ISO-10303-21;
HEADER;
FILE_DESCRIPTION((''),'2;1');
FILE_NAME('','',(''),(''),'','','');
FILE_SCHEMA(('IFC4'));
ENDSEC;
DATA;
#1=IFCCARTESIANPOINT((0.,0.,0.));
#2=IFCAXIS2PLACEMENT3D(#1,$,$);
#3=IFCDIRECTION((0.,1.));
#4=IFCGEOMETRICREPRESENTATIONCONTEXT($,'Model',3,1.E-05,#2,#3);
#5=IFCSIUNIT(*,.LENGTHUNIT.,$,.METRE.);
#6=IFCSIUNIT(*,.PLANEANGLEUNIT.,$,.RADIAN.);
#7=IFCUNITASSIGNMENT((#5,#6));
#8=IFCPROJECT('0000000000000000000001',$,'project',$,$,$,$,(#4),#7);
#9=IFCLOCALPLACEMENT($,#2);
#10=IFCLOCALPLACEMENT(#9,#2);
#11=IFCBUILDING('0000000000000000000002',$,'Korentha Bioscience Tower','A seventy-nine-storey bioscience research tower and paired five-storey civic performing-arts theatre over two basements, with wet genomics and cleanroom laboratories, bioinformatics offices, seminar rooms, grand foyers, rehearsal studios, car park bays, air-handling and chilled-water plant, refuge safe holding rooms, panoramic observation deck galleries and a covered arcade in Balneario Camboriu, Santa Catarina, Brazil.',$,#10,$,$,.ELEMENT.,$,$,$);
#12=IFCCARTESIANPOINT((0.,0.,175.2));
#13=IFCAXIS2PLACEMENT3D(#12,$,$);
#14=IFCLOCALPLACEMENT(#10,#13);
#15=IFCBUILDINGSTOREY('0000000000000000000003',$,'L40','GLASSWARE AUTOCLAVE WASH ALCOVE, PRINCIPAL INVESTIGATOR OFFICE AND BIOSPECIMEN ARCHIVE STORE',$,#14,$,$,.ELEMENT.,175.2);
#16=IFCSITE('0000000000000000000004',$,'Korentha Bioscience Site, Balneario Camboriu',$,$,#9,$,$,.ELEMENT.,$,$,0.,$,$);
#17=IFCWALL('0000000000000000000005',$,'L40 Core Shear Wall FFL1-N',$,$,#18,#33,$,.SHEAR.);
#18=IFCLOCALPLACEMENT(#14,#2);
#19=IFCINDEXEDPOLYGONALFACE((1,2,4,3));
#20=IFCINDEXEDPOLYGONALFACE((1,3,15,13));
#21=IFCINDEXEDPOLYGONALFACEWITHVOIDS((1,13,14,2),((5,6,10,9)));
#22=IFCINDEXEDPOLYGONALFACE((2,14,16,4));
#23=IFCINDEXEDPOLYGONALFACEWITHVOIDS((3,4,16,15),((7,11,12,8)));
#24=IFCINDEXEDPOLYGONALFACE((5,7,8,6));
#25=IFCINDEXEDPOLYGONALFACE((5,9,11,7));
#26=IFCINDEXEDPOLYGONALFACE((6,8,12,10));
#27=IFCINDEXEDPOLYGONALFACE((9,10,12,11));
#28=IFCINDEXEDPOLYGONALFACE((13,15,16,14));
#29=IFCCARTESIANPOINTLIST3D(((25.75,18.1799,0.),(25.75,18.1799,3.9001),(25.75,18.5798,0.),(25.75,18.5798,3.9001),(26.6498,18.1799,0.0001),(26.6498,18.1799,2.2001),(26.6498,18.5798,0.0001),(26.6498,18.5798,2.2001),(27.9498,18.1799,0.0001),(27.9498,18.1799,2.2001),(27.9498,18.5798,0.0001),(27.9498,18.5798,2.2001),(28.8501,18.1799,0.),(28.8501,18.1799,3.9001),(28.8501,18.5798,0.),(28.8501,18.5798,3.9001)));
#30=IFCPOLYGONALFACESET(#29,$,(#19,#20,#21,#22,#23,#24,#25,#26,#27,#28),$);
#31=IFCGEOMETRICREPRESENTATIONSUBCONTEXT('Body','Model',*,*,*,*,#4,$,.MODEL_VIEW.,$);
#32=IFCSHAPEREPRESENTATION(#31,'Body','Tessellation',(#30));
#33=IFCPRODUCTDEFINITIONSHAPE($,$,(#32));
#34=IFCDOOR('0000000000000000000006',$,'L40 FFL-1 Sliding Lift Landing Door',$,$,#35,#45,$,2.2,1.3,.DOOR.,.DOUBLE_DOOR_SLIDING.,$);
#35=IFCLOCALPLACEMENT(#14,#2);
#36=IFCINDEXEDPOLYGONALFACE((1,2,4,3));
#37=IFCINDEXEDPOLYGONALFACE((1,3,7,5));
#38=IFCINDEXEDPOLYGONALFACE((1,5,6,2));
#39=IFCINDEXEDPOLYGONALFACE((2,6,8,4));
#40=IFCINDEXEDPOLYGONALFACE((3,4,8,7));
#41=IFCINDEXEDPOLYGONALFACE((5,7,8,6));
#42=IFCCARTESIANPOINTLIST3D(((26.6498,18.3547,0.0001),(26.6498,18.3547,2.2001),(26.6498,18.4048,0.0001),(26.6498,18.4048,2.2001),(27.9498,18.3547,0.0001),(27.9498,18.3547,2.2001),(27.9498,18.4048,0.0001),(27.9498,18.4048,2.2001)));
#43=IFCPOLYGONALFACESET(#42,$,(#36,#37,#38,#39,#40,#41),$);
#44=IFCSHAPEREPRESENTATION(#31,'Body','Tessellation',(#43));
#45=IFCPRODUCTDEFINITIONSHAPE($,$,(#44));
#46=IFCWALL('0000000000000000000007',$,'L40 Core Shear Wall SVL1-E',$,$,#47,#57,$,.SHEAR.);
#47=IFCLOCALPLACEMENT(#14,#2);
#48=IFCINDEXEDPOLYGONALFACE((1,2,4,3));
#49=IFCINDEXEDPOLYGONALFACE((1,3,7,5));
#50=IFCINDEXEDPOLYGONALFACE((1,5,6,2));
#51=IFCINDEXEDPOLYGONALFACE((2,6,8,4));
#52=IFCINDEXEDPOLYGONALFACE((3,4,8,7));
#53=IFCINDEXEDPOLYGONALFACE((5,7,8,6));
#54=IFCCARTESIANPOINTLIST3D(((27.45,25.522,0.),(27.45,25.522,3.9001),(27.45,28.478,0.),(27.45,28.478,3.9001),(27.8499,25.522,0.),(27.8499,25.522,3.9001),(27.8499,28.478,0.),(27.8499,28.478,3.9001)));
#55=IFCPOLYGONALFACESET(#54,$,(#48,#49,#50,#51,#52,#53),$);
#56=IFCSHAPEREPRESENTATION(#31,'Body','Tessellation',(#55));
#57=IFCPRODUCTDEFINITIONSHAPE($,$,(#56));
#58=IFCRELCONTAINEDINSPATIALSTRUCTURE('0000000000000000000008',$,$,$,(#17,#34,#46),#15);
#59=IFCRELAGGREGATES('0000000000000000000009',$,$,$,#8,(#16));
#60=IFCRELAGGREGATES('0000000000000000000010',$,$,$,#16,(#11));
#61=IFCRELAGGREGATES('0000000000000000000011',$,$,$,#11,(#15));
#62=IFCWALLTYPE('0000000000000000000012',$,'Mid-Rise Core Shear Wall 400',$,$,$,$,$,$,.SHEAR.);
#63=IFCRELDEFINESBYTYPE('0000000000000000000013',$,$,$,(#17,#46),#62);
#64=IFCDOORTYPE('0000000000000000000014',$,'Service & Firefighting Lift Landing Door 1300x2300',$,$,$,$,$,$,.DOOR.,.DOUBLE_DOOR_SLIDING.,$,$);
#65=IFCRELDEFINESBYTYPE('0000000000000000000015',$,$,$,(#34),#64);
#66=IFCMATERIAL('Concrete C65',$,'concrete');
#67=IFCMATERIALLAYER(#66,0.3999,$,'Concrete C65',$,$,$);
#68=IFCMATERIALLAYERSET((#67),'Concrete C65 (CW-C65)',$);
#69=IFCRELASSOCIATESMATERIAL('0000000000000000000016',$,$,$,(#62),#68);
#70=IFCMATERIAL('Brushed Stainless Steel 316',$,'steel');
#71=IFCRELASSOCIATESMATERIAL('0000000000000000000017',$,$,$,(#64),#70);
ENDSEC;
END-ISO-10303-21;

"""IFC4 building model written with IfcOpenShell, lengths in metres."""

from ifc_helpers import new_model, si_unit, direction, frame, frame_2d, origin, place, context, subcontext, project, spatial, rectangle, extrude, material, layer, layer_set, type_object, element, fill, save


model = new_model("IFC4")

# Units and contexts
model_context = context("Model", 3, precision=1e-05, world=origin(), true_north=direction((0.0, 1.0)))
body_context = subcontext(model_context, "Body", "Model", "MODEL_VIEW")
ifc_project = project(units=[si_unit("LENGTHUNIT", "METRE"), si_unit("PLANEANGLEUNIT", "RADIAN")], contexts=[model_context])

# Site, building, storey
site_placement = place(None, origin())
site = spatial("IfcSite", under=ifc_project, at=site_placement, Name="Korentha Bioscience Site, Balneario Camboriu", CompositionType="ELEMENT", RefElevation=0.0)
building_placement = place(site_placement, origin())
building = spatial("IfcBuilding", under=site, at=building_placement, Name="Korentha Bioscience Tower", Description="A seventy-nine-storey bioscience research tower and paired five-storey civic performing-arts theatre over two basements, with wet genomics and cleanroom laboratories, bioinformatics offices, seminar rooms, grand foyers, rehearsal studios, car park bays, air-handling and chilled-water plant, refuge safe holding rooms, panoramic observation deck galleries and a covered arcade in Balneario Camboriu, Santa Catarina, Brazil.", CompositionType="ELEMENT")
storey_placement = place(building_placement, frame((0.0, 0.0, 175.2)))
storey = spatial("IfcBuildingStorey", under=building, at=storey_placement, Name="L40", Description="GLASSWARE AUTOCLAVE WASH ALCOVE, PRINCIPAL INVESTIGATOR OFFICE AND BIOSPECIMEN ARCHIVE STORE", CompositionType="ELEMENT", Elevation=175.2)

# Shared definitions
ifc_material_1 = material(Name="Concrete C65", Category="concrete")

# Shared definitions
ifc_layer_1 = layer(ifc_material_1, 0.3999, Name="Concrete C65")
ifc_layer_set_1 = layer_set([ifc_layer_1], Name="Concrete C65 (CW-C65)")
wall_type_1 = type_object("IfcWallType", Name="Mid-Rise Core Shear Wall 400", PredefinedType="SHEAR", material=ifc_layer_set_1)

# Wall, opening, door
wall_1_placement = place(storey_placement, frame((25.75, 18.3799, 0.0), z_axis=(0.0, 0.0, 1.0), x_axis=(1.0, 0.0, 0.0)))
wall_1 = element("IfcWall", 1, at=wall_1_placement, inside=storey, type_object=wall_type_1, Name="L40 Core Shear Wall FFL1-N", PredefinedType="SHEAR", context=body_context, shape_type="SweptSolid", body=[
    extrude(rectangle(XDim=3.1001, YDim=0.3999, at=frame_2d((1.55, 0.0))), origin(), (0.0, 0.0, 1.0), 3.9001),
])
opening_1_placement = place(wall_1_placement, frame((0.8999, 0.0, 0.0)))
opening_1 = element("IfcOpeningElement", 2, at=opening_1_placement, cuts=wall_1, PredefinedType="OPENING", context=body_context, shape_type="SweptSolid", body=[
    extrude(rectangle(XDim=1.3, YDim=2.2, at=frame_2d((0.6499, 1.1001))), frame((0.0, 0.2148, 0.0), z_axis=(0.0, -1.0, 0.0), x_axis=(1.0, 0.0, 0.0)), (0.0, 0.0, 1.0), 0.4297),
])
ifc_material_2 = material(Name="Brushed Stainless Steel 316", Category="steel")
door_type_1 = type_object("IfcDoorType", Name="Service & Firefighting Lift Landing Door 1300x2300", OperationType="DOUBLE_DOOR_SLIDING", PredefinedType="DOOR", material=ifc_material_2)
door_1_placement = place(opening_1_placement, origin())
door_1 = element("IfcDoor", 3, at=door_1_placement, inside=storey, type_object=door_type_1, Name="L40 FFL-1 Sliding Lift Landing Door", OperationType="DOUBLE_DOOR_SLIDING", OverallHeight=2.2, OverallWidth=1.3, PredefinedType="DOOR", context=body_context, shape_type="SweptSolid", body=[
    extrude(rectangle(XDim=1.3, YDim=2.2, at=frame_2d((0.6499, 1.1001))), frame((0.0, 0.0249, 0.0), z_axis=(0.0, -1.0, 0.0), x_axis=(1.0, 0.0, 0.0)), (0.0, 0.0, 1.0), 0.05),
])
fill(opening_1, door_1)

# Wall
wall_2_placement = place(storey_placement, frame((27.6499, 25.522, 0.0), z_axis=(0.0, 0.0, 1.0), x_axis=(0.0, 1.0, 0.0)))
element("IfcWall", 4, at=wall_2_placement, inside=storey, type_object=wall_type_1, Name="L40 Core Shear Wall SVL1-E", PredefinedType="SHEAR", context=body_context, shape_type="SweptSolid", body=[
    extrude(rectangle(XDim=2.9561, YDim=0.3999, at=frame_2d((1.478, 0.0))), origin(), (0.0, 0.0, 1.0), 3.9001),
])

save(model, "model.ifc")
